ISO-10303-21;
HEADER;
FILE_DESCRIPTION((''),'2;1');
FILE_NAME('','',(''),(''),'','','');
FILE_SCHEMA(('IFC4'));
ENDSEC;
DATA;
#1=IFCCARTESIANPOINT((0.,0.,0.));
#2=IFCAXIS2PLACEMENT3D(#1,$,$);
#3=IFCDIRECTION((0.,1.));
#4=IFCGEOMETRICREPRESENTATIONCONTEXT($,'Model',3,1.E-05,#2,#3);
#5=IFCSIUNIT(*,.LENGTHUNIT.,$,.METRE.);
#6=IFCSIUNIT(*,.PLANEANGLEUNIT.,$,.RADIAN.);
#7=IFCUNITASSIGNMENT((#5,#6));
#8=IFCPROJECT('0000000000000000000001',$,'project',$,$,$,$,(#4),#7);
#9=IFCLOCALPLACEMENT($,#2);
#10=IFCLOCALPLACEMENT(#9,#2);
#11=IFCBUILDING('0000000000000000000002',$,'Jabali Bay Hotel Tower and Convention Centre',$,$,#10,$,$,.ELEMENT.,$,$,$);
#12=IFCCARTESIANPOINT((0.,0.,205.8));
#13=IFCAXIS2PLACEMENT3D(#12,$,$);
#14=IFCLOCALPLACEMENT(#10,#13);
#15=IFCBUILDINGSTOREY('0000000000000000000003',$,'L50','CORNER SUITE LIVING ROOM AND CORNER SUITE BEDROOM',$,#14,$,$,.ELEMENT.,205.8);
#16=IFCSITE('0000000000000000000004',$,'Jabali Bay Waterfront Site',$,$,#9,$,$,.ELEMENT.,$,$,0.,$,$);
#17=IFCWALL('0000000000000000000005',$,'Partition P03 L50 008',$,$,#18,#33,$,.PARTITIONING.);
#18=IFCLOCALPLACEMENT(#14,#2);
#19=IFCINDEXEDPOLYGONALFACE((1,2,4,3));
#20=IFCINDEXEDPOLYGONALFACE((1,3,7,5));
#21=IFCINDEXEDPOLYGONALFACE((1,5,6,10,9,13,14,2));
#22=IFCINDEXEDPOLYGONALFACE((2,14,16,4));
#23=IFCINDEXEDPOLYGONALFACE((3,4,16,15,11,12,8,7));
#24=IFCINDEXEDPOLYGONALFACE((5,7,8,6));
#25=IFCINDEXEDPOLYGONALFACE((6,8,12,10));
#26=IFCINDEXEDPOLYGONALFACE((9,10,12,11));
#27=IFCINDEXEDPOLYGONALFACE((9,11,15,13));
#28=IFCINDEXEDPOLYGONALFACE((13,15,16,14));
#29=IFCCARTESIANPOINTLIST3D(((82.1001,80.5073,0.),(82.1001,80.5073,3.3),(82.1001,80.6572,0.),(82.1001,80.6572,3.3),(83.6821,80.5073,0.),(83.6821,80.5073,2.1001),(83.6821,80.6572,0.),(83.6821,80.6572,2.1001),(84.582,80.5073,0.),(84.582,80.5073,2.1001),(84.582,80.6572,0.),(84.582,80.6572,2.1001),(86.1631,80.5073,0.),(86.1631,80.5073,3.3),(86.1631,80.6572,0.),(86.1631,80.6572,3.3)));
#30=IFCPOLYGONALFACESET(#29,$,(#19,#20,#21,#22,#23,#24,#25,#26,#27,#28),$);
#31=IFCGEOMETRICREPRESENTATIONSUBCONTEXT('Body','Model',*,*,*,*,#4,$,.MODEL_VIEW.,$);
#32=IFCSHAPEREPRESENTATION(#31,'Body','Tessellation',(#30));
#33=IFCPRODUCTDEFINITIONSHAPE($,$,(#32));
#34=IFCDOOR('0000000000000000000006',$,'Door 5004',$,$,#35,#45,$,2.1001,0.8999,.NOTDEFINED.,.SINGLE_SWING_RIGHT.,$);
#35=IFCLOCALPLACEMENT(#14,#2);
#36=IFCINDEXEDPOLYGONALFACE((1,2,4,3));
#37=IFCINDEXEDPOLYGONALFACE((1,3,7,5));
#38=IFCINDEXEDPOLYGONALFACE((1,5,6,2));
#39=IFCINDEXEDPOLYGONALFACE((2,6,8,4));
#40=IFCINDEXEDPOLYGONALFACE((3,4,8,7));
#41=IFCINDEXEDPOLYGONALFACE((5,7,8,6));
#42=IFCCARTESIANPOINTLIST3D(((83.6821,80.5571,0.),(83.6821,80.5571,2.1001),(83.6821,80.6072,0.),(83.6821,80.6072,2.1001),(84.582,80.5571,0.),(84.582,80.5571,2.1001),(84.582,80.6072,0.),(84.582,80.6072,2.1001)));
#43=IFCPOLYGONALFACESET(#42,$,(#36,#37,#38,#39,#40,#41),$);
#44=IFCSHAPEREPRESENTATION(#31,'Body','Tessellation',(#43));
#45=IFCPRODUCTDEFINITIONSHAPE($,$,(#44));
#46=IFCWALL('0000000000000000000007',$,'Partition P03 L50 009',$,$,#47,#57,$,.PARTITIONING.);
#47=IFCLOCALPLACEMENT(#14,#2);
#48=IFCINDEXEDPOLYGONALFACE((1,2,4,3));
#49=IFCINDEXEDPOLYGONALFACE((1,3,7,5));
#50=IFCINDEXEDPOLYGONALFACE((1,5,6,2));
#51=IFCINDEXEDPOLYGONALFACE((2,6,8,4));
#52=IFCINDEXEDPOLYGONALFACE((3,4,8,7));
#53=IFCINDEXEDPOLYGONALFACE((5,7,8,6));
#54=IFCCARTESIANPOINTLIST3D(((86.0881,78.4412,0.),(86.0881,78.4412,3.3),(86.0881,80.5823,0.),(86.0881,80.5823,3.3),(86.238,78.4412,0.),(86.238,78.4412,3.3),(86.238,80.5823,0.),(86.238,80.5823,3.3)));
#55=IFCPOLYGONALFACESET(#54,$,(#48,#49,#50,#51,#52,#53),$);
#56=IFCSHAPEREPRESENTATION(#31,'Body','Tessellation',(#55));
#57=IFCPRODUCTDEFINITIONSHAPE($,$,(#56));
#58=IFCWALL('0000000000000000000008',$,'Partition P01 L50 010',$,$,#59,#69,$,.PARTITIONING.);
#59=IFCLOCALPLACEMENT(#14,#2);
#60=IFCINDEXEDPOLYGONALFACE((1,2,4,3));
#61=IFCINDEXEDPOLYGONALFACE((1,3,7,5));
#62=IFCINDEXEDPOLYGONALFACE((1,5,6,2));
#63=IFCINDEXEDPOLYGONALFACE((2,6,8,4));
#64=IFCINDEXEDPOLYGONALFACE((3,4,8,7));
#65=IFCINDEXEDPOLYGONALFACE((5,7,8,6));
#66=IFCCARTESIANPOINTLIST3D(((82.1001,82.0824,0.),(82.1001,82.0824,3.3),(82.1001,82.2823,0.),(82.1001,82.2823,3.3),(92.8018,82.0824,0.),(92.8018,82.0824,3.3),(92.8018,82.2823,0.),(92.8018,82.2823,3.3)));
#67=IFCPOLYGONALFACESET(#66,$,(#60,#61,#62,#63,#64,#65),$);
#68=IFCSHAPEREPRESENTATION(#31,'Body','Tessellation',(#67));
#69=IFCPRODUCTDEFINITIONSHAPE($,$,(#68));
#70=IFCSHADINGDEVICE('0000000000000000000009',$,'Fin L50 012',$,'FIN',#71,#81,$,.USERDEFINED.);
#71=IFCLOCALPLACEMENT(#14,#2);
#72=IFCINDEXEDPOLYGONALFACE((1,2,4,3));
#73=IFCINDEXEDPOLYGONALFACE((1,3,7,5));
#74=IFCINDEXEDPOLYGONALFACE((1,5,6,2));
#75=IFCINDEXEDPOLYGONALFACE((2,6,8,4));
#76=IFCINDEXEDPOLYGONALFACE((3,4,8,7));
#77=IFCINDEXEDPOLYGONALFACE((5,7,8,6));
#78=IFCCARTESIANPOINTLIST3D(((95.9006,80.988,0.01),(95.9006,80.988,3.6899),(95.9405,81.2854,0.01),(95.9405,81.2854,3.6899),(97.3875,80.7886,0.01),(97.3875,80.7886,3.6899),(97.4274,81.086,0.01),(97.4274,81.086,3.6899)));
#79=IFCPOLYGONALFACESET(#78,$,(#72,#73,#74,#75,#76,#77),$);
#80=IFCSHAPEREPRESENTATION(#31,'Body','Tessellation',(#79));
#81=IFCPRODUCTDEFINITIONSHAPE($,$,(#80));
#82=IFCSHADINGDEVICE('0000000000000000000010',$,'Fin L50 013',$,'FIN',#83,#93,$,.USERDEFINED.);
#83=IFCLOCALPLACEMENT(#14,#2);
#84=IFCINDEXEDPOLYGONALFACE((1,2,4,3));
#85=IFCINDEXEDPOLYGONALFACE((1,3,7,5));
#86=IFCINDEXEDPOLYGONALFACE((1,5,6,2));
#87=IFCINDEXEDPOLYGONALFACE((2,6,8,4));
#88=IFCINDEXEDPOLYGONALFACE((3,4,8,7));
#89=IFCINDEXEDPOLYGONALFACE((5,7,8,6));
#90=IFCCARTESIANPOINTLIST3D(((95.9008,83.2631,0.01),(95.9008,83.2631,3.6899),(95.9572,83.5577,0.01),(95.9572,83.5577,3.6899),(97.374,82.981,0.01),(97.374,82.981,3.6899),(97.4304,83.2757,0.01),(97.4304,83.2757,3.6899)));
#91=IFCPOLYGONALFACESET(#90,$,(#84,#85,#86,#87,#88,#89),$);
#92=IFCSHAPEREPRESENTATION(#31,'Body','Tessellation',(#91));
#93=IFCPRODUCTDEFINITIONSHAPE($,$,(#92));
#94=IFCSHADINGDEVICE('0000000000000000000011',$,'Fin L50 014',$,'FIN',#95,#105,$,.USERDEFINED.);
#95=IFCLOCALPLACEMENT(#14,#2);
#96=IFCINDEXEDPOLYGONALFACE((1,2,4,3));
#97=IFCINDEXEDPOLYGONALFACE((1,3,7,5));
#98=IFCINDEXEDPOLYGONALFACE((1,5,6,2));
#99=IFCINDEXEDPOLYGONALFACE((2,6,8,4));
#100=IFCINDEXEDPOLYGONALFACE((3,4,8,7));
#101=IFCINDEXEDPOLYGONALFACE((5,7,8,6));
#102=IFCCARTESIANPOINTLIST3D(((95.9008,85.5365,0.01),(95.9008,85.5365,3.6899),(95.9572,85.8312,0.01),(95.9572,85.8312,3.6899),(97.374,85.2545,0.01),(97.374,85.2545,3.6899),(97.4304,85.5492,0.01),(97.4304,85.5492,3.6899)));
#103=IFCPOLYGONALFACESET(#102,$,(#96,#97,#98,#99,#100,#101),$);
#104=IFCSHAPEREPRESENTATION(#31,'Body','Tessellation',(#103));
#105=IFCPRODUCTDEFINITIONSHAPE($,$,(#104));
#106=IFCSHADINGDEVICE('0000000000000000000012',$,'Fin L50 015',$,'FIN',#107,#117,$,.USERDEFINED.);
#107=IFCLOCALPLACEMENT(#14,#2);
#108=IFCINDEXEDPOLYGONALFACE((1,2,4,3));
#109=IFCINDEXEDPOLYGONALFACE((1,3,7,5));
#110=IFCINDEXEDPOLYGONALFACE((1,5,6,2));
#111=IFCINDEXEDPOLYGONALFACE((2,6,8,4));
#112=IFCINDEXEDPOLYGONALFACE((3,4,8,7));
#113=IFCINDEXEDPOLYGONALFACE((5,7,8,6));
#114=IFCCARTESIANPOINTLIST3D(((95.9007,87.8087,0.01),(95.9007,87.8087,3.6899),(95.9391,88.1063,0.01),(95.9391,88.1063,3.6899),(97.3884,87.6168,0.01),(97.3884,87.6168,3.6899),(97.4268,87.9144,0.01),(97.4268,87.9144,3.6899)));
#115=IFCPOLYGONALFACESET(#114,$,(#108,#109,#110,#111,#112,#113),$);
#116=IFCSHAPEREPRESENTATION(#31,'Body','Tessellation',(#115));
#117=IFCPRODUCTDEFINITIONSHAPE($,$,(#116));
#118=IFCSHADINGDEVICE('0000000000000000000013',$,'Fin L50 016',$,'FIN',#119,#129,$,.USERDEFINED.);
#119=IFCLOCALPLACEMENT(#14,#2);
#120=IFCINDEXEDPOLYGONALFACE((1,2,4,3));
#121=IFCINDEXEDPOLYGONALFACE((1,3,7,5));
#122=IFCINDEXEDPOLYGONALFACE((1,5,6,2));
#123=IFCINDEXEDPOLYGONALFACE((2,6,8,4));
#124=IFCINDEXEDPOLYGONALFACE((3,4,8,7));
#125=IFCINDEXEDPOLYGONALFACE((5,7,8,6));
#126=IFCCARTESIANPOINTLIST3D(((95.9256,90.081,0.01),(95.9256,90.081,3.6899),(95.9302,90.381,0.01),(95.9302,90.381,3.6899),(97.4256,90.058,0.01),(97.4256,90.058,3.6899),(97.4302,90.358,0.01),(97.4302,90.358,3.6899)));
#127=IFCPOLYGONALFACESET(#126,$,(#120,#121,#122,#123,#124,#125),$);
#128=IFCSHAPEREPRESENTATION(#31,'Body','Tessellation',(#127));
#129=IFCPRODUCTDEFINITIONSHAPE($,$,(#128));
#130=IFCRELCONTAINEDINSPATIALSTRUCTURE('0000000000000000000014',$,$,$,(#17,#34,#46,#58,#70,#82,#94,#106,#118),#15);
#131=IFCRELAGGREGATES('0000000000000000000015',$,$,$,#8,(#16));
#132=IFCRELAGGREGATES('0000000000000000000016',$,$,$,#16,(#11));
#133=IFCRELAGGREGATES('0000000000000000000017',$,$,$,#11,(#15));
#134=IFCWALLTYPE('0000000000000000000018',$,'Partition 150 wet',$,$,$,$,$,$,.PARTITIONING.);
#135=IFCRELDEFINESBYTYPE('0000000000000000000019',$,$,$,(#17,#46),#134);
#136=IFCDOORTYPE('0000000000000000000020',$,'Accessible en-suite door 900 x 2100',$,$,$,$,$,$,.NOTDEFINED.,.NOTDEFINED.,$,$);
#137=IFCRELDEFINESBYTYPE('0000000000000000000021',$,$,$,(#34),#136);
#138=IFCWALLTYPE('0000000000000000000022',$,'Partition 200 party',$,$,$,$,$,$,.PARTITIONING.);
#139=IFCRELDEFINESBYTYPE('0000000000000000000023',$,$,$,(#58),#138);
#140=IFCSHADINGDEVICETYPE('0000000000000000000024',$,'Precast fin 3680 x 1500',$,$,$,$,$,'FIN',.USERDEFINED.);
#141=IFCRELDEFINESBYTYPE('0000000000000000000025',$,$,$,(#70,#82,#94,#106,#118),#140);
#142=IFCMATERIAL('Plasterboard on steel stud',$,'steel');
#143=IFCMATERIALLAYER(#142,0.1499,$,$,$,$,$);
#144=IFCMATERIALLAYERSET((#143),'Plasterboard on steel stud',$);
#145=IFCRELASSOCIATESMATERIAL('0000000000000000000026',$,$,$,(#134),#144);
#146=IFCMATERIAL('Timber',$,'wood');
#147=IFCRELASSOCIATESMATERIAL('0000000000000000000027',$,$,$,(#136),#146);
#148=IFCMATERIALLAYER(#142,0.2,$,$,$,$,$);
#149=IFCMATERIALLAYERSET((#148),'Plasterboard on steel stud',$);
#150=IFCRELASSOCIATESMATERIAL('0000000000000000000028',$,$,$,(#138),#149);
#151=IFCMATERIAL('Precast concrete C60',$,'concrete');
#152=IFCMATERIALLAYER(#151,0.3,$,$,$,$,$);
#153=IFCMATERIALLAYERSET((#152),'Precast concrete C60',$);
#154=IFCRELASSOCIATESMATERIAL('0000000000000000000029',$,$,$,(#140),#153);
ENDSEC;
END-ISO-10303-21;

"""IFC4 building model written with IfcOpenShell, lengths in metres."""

from ifc_helpers import new_model, si_unit, direction, frame, frame_2d, origin, place, context, subcontext, project, spatial, rectangle, extrude, material, layer, layer_set, type_object, element, fill, save


model = new_model("IFC4")

# Units and contexts
model_context = context("Model", 3, precision=1e-05, world=origin(), true_north=direction((0.0, 1.0)))
body_context = subcontext(model_context, "Body", "Model", "MODEL_VIEW")
ifc_project = project(units=[si_unit("LENGTHUNIT", "METRE"), si_unit("PLANEANGLEUNIT", "RADIAN")], contexts=[model_context])

# Site, building, storey
site_placement = place(None, origin())
site = spatial("IfcSite", under=ifc_project, at=site_placement, Name="Jabali Bay Waterfront Site", CompositionType="ELEMENT", RefElevation=0.0)
building_placement = place(site_placement, origin())
building = spatial("IfcBuilding", under=site, at=building_placement, Name="Jabali Bay Hotel Tower and Convention Centre", CompositionType="ELEMENT")
storey_placement = place(building_placement, frame((0.0, 0.0, 205.8)))
storey = spatial("IfcBuildingStorey", under=building, at=storey_placement, Name="L50", Description="CORNER SUITE LIVING ROOM AND CORNER SUITE BEDROOM", CompositionType="ELEMENT", Elevation=205.8)

# Wall, opening, door
ifc_material_1 = material(Name="Plasterboard on steel stud", Category="steel")
ifc_material_2 = material(Name="Timber", Category="wood")
ifc_layer_1 = layer(ifc_material_1, 0.1499)
ifc_layer_set_1 = layer_set([ifc_layer_1], Name="Plasterboard on steel stud")
wall_type_1 = type_object("IfcWallType", Name="Partition 150 wet", PredefinedType="PARTITIONING", material=ifc_layer_set_1)
wall_1_placement = place(storey_placement, frame((82.1001, 80.5823, 0.0), z_axis=(0.0, 0.0, 1.0), x_axis=(1.0, 0.0, 0.0)))
wall_1 = element("IfcWall", 1, at=wall_1_placement, inside=storey, type_object=wall_type_1, Name="Partition P03 L50 008", PredefinedType="PARTITIONING", context=body_context, shape_type="SweptSolid", body=[
    extrude(rectangle(XDim=4.063, YDim=0.1499, at=frame_2d((2.0315, 0.0))), origin(), (0.0, 0.0, 1.0), 3.3),
])
opening_1_placement = place(wall_1_placement, frame((1.582, 0.0, 0.0)))
opening_1 = element("IfcOpeningElement", 2, at=opening_1_placement, cuts=wall_1, PredefinedType="OPENING", context=body_context, shape_type="SweptSolid", body=[
    extrude(rectangle(XDim=0.8999, YDim=2.1001, at=frame_2d((0.45, 1.05))), frame((0.0, 0.0854, 0.0), z_axis=(0.0, -1.0, 0.0), x_axis=(1.0, 0.0, 0.0)), (0.0, 0.0, 1.0), 0.1709),
])
door_type_1 = type_object("IfcDoorType", Name="Accessible en-suite door 900 x 2100", OperationType="NOTDEFINED", PredefinedType="NOTDEFINED", material=ifc_material_2)
door_1_placement = place(opening_1_placement, origin())
door_1 = element("IfcDoor", 3, at=door_1_placement, inside=storey, type_object=door_type_1, Name="Door 5004", OperationType="SINGLE_SWING_RIGHT", OverallHeight=2.1001, OverallWidth=0.8999, PredefinedType="NOTDEFINED", context=body_context, shape_type="SweptSolid", body=[
    extrude(rectangle(XDim=0.8999, YDim=2.1001, at=frame_2d((0.45, 1.05))), frame((0.0, 0.0249, 0.0), z_axis=(0.0, -1.0, 0.0), x_axis=(1.0, 0.0, 0.0)), (0.0, 0.0, 1.0), 0.05),
])
fill(opening_1, door_1)

# Walls
wall_2_placement = place(storey_placement, frame((86.1631, 80.5823, 0.0), z_axis=(0.0, 0.0, 1.0), x_axis=(0.0, -1.0, 0.0)))
element("IfcWall", 4, at=wall_2_placement, inside=storey, type_object=wall_type_1, Name="Partition P03 L50 009", PredefinedType="PARTITIONING", context=body_context, shape_type="SweptSolid", body=[
    extrude(rectangle(XDim=2.1411, YDim=0.1499, at=frame_2d((1.0706, 0.0))), origin(), (0.0, 0.0, 1.0), 3.3),
])
ifc_layer_2 = layer(ifc_material_1, 0.2)
ifc_layer_set_2 = layer_set([ifc_layer_2], Name="Plasterboard on steel stud")
wall_type_2 = type_object("IfcWallType", Name="Partition 200 party", PredefinedType="PARTITIONING", material=ifc_layer_set_2)
wall_3_placement = place(storey_placement, frame((92.8018, 82.1824, 0.0), z_axis=(0.0, 0.0, 1.0), x_axis=(-1.0, 0.0, 0.0)))
element("IfcWall", 5, at=wall_3_placement, inside=storey, type_object=wall_type_2, Name="Partition P01 L50 010", PredefinedType="PARTITIONING", context=body_context, shape_type="SweptSolid", body=[
    extrude(rectangle(XDim=10.7017, YDim=0.2, at=frame_2d((5.3508, 0.0))), origin(), (0.0, 0.0, 1.0), 3.3),
])

# Shading devices
ifc_material_3 = material(Name="Precast concrete C60", Category="concrete")
ifc_layer_3 = layer(ifc_material_3, 0.3)
ifc_layer_set_3 = layer_set([ifc_layer_3], Name="Precast concrete C60")
shading_device_type = type_object("IfcShadingDeviceType", Name="Precast fin 3680 x 1500", ElementType="FIN", PredefinedType="USERDEFINED", material=ifc_layer_set_3)
shading_device_1_placement = place(storey_placement, frame((95.9207, 81.1367, 0.01), z_axis=(0.0, 0.0, 1.0), x_axis=(0.991121, -0.132963, 0.0)))
element("IfcShadingDevice", 6, at=shading_device_1_placement, inside=storey, type_object=shading_device_type, Name="Fin L50 012", ObjectType="FIN", PredefinedType="USERDEFINED", context=body_context, shape_type="SweptSolid", body=[
    extrude(rectangle(XDim=1.5002, YDim=0.3, at=frame_2d((0.75, 0.0))), origin(), (0.0, 0.0, 1.0), 3.6799),
])
for number, where, z_axis, x_axis, name in (
    (7, (95.929, 83.4104, 0.01), (0.0, 0.0, 1.0), (0.982169, -0.188002, 0.0), "Fin L50 013"),
    (8, (95.929, 85.6838, 0.01), (0.0, 0.0, 1.0), (0.982169, -0.188002, 0.0), "Fin L50 014"),
    (9, (95.9199, 87.9575, 0.01), (0.0, 0.0, 1.0), (0.991785, -0.12792, 0.0), "Fin L50 015"),
):
    element("IfcShadingDevice", number, at=place(storey_placement, frame(where, z_axis=z_axis, x_axis=x_axis)), inside=storey, type_object=shading_device_type, Name=name, ObjectType="FIN", PredefinedType="USERDEFINED", context=body_context, shape_type="SweptSolid", body=[
        extrude(rectangle(XDim=1.5, YDim=0.3, at=frame_2d((0.75, 0.0))), origin(), (0.0, 0.0, 1.0), 3.6799),
    ])
shading_device_2_placement = place(storey_placement, frame((95.928, 90.231, 0.01), z_axis=(0.0, 0.0, 1.0), x_axis=(0.999883, -0.015298, 0.0)))
element("IfcShadingDevice", 10, at=shading_device_2_placement, inside=storey, type_object=shading_device_type, Name="Fin L50 016", ObjectType="FIN", PredefinedType="USERDEFINED", context=body_context, shape_type="SweptSolid", body=[
    extrude(rectangle(XDim=1.5002, YDim=0.3, at=frame_2d((0.75, 0.0))), origin(), (0.0, 0.0, 1.0), 3.6799),
])

save(model, "model.ifc")
